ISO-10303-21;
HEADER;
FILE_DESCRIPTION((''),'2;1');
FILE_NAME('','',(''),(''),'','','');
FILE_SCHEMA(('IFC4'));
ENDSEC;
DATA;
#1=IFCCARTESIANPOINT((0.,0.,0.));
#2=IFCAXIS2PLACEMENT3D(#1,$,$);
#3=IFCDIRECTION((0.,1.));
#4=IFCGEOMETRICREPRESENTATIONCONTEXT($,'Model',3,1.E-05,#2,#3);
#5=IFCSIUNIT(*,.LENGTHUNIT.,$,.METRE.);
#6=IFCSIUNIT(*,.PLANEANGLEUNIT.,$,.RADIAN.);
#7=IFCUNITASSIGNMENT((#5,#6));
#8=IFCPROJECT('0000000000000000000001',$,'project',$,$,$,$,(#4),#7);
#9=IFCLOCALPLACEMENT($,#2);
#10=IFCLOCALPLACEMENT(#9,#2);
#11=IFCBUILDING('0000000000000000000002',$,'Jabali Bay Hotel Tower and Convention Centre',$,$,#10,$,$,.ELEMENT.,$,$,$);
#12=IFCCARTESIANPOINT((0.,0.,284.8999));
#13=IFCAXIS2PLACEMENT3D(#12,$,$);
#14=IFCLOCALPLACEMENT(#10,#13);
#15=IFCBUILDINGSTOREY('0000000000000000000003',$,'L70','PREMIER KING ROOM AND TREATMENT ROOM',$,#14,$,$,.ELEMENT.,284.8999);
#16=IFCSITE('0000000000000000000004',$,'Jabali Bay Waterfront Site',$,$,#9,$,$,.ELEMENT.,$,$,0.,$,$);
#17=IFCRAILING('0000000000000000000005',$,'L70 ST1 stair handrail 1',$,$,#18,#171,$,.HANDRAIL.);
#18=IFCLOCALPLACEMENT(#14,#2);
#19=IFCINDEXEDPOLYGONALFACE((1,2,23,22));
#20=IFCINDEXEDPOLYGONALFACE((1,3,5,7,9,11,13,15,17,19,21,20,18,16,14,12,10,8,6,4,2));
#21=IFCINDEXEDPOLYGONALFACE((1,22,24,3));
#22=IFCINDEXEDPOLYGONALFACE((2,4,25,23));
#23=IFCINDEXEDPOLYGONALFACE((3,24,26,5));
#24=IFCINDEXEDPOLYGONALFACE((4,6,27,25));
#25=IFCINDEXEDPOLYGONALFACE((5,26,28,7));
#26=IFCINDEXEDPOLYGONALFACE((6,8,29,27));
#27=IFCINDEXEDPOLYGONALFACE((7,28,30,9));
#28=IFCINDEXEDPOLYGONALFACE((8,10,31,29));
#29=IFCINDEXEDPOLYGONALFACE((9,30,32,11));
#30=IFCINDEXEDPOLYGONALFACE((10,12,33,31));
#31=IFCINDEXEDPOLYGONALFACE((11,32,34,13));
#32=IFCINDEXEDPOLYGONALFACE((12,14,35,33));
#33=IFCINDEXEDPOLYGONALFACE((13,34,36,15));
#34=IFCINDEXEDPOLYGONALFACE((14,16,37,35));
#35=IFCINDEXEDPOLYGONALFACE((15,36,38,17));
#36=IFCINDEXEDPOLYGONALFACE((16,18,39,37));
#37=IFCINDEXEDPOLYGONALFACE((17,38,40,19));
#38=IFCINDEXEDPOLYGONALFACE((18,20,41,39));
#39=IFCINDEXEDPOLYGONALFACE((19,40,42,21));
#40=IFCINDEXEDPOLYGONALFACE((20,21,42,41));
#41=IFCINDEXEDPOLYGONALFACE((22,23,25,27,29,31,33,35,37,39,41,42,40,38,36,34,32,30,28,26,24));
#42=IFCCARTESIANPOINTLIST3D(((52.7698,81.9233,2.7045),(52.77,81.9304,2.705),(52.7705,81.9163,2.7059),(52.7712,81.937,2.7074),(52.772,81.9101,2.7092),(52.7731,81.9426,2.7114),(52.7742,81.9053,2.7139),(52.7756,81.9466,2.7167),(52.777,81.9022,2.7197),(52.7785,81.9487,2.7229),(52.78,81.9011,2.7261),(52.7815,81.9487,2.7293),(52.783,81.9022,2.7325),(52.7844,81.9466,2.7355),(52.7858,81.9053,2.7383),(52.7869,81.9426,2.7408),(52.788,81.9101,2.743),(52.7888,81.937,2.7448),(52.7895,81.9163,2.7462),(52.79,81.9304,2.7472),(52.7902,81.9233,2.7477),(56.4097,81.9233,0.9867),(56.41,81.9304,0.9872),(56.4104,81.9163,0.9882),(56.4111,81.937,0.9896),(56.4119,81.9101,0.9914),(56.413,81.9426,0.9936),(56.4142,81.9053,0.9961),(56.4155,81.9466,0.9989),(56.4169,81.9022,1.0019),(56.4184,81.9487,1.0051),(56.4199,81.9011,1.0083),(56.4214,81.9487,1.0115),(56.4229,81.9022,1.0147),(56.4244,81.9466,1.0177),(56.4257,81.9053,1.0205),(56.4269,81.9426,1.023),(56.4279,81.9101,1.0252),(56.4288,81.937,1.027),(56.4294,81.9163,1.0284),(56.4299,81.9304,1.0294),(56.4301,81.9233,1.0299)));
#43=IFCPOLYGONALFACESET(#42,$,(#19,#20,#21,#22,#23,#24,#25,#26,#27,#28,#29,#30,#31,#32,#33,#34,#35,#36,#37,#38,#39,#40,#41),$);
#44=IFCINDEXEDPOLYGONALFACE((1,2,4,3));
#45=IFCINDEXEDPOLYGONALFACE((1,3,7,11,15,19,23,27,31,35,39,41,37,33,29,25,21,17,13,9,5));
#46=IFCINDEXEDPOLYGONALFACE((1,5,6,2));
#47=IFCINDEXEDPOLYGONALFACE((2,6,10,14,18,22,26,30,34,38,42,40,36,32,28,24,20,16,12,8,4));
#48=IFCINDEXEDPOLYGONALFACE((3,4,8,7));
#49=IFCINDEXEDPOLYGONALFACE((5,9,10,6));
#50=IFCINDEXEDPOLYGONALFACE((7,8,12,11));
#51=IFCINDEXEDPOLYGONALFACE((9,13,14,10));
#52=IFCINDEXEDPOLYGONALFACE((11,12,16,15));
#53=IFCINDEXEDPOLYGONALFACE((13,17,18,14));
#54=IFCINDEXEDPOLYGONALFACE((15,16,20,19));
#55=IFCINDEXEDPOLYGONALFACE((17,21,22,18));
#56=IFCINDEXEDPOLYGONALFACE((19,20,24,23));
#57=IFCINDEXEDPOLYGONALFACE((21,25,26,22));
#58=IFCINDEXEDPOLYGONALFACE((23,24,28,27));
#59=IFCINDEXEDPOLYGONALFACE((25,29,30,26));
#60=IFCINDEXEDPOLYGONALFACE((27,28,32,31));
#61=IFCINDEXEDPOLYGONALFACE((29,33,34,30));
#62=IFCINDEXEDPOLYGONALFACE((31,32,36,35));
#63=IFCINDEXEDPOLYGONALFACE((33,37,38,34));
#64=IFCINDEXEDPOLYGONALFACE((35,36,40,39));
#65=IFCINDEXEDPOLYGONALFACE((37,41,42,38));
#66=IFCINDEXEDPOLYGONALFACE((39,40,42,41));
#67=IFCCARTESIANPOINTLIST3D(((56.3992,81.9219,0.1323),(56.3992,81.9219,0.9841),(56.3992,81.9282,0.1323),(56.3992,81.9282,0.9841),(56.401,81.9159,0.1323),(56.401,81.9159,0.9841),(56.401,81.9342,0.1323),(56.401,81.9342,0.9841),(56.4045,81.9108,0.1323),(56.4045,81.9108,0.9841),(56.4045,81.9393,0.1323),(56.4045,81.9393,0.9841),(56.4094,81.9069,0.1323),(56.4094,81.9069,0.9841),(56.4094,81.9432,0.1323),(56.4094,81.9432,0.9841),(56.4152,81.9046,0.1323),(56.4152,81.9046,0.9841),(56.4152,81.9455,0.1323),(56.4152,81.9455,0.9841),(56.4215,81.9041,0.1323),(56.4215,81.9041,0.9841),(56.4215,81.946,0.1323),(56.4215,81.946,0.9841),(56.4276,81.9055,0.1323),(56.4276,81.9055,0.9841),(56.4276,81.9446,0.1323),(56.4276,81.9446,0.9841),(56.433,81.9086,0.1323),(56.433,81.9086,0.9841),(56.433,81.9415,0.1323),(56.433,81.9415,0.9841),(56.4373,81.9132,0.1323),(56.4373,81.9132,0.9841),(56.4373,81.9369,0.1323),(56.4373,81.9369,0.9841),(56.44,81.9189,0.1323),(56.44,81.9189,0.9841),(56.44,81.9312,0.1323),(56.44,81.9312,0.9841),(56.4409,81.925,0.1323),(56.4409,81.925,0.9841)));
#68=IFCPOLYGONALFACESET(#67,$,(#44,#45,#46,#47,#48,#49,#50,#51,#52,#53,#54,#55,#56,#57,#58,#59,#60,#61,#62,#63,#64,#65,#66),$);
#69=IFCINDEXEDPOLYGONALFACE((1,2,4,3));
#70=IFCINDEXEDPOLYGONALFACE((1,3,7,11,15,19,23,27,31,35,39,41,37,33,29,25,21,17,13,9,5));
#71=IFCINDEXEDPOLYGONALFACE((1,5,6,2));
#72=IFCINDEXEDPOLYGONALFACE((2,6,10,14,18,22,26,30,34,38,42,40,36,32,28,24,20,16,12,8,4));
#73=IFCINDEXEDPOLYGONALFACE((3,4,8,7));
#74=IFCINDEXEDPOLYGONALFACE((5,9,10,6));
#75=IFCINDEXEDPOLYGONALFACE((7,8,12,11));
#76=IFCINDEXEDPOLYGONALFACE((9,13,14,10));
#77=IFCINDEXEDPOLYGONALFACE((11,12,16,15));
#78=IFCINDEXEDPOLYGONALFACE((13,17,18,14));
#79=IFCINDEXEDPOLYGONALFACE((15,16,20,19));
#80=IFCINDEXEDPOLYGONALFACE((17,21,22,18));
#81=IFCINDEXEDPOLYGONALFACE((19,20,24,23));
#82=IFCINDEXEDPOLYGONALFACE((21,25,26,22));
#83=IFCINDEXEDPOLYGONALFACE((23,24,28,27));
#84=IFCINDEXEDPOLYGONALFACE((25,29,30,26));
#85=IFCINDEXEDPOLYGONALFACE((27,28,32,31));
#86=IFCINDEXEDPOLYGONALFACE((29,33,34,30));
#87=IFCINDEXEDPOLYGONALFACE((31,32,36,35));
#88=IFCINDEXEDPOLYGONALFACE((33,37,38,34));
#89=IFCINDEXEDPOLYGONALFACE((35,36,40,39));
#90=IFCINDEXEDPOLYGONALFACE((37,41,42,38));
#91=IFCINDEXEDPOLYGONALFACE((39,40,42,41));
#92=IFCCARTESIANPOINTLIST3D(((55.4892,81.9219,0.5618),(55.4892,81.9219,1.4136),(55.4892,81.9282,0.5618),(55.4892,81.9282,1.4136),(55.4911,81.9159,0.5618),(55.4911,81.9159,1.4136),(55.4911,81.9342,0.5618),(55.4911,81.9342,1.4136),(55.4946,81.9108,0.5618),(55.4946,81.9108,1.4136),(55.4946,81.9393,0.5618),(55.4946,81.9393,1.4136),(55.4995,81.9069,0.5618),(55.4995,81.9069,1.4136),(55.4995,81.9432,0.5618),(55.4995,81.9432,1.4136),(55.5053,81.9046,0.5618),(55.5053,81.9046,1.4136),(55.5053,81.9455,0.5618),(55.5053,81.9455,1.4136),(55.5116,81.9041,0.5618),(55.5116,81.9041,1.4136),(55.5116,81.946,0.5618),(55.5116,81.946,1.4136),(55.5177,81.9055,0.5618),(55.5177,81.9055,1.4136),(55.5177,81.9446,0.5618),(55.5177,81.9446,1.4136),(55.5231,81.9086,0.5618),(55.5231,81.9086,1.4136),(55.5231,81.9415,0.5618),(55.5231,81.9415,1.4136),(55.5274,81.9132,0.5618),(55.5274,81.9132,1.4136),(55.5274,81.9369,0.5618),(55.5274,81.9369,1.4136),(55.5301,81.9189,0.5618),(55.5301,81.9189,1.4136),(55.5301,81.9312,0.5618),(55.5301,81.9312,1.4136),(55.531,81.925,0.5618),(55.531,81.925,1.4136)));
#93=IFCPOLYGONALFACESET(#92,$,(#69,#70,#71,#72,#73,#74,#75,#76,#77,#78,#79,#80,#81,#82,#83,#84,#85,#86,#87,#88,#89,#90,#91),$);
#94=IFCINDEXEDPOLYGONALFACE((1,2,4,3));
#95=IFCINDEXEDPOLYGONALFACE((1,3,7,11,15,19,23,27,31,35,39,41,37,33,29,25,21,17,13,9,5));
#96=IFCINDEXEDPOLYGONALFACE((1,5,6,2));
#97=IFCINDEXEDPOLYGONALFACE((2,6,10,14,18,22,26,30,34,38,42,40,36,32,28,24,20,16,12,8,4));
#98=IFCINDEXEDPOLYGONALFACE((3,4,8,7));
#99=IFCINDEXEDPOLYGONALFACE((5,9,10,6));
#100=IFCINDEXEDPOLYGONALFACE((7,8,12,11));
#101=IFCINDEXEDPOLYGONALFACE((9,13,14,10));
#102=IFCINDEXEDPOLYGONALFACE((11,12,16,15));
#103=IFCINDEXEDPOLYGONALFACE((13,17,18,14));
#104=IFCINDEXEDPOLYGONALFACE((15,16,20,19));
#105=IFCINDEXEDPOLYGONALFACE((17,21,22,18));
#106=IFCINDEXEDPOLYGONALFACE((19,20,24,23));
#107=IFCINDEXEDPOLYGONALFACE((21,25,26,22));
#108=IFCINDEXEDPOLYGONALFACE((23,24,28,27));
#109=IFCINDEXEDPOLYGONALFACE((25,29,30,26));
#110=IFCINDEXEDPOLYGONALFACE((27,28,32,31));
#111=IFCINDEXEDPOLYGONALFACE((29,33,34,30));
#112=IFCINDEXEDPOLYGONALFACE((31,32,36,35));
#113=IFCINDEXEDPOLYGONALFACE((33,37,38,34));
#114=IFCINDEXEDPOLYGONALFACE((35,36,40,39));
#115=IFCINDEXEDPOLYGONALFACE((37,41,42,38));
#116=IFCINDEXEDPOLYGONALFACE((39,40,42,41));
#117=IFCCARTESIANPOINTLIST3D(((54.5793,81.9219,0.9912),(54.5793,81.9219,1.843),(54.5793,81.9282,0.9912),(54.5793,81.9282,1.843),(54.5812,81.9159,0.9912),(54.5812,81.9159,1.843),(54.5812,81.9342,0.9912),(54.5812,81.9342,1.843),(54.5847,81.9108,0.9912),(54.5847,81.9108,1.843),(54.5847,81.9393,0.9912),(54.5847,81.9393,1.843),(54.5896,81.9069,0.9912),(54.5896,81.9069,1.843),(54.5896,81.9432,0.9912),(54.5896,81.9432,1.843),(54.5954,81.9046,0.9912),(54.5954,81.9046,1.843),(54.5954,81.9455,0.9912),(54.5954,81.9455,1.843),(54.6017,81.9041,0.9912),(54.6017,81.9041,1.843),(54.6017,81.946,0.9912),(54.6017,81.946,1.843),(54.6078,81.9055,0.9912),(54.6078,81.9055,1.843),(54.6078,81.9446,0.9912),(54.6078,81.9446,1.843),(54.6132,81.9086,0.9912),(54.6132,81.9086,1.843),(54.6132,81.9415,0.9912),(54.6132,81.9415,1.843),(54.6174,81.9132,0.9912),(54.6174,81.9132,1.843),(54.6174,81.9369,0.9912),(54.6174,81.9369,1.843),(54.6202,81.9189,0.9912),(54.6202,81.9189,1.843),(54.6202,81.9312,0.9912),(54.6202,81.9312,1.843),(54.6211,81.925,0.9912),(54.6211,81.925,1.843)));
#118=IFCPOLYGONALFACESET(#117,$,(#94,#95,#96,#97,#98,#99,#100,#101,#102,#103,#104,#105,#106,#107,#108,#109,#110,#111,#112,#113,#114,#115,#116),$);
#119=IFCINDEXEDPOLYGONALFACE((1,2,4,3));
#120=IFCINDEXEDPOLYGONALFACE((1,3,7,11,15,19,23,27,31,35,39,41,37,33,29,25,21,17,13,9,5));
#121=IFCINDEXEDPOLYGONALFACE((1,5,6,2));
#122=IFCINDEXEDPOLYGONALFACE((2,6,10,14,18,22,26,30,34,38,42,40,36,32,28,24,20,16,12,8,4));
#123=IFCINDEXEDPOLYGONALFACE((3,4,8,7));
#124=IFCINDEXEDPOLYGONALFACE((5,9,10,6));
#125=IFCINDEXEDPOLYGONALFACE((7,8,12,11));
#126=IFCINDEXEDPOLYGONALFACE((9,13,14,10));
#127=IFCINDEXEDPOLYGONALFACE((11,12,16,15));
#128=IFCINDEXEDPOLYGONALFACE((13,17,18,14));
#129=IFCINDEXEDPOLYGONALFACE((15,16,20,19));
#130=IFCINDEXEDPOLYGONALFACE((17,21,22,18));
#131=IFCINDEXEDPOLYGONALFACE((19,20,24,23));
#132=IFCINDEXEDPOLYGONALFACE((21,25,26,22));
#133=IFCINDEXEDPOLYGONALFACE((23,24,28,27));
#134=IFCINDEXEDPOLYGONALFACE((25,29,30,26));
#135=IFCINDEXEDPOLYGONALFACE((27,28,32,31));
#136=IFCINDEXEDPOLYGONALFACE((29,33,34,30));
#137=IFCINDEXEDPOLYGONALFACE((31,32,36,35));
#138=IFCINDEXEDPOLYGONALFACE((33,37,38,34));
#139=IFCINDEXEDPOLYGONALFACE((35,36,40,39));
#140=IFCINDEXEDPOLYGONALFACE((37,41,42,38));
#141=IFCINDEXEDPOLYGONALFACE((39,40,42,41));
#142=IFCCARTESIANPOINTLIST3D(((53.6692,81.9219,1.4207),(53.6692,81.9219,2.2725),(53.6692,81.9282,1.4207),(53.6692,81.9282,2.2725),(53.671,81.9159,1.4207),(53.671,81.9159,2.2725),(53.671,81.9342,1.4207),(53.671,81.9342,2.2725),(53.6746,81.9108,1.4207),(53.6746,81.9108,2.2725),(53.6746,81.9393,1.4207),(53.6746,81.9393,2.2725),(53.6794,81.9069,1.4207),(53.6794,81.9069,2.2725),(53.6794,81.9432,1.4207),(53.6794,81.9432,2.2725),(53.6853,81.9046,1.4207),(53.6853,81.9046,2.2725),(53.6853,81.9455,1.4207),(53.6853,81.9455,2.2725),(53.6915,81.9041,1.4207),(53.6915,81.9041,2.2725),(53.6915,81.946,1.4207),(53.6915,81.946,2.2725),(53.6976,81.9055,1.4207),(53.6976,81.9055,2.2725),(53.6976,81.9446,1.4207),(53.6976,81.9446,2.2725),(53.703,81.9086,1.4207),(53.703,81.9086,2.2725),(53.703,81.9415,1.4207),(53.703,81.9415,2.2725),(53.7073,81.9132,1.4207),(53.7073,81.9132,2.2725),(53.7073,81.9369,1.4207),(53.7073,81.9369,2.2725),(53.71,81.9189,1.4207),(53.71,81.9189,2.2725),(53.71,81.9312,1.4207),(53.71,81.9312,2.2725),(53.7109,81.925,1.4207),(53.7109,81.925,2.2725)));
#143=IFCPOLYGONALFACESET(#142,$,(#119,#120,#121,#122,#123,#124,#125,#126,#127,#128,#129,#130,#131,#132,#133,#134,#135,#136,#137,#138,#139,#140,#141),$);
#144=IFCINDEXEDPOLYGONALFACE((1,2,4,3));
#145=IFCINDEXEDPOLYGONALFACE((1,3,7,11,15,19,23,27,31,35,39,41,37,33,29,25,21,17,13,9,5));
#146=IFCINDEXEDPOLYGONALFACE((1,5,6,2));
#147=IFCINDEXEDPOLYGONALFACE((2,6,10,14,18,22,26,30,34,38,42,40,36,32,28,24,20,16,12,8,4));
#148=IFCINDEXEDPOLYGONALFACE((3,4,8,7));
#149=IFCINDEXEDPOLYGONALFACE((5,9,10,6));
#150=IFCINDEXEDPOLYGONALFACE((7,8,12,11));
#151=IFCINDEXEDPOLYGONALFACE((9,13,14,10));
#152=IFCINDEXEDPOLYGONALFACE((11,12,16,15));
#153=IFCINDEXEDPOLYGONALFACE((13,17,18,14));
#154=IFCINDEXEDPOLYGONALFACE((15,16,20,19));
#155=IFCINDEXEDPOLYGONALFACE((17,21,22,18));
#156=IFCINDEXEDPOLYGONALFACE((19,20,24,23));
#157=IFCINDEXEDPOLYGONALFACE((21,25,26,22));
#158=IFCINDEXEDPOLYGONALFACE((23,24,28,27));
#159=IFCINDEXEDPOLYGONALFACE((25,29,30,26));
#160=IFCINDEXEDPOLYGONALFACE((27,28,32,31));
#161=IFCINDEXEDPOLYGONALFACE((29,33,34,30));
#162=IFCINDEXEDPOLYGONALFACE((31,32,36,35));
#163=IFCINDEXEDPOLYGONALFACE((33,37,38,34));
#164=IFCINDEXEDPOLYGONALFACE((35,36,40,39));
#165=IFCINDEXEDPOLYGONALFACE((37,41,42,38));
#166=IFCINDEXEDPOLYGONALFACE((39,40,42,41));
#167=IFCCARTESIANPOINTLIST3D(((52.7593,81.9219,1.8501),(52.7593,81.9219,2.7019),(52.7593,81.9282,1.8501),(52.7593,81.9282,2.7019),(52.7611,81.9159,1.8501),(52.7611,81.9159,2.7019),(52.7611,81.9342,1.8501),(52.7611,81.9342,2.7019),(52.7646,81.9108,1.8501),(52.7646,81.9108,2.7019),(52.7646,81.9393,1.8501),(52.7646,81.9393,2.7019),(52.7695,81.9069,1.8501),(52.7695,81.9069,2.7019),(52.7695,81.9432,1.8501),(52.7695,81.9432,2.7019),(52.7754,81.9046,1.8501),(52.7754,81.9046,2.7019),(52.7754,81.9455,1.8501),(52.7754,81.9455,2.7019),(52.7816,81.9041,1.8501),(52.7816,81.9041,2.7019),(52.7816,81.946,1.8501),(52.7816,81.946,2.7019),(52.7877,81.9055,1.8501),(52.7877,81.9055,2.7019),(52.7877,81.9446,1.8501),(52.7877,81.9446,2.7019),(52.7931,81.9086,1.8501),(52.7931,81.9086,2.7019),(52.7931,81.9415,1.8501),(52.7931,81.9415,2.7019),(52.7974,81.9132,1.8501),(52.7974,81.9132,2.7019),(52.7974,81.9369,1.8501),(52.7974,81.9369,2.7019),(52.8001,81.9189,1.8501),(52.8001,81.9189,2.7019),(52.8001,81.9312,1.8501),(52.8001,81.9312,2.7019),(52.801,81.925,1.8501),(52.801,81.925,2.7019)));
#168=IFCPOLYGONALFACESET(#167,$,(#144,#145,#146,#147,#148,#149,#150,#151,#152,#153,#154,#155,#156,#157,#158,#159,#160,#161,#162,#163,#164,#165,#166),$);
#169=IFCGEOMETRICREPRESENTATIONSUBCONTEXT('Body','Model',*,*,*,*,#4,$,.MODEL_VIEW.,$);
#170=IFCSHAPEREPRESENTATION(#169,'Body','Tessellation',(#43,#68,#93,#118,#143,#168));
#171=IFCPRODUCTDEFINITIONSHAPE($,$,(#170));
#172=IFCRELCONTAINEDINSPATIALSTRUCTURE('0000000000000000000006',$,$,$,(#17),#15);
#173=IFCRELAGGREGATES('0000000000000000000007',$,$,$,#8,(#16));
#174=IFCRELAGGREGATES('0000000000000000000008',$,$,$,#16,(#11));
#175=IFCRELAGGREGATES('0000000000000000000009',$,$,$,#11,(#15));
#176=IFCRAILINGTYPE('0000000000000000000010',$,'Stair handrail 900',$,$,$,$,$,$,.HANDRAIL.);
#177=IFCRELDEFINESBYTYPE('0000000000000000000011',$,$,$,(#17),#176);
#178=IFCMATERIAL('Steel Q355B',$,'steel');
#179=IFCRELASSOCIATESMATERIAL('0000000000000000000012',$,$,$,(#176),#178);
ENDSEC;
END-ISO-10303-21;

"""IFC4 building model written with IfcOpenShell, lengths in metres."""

from ifc_helpers import new_model, si_unit, direction, frame, origin, origin_2d, place, context, subcontext, project, spatial, circle, extrude, material, type_object, element, save


model = new_model("IFC4")

# Units and contexts
model_context = context("Model", 3, precision=1e-05, world=origin(), true_north=direction((0.0, 1.0)))
body_context = subcontext(model_context, "Body", "Model", "MODEL_VIEW")
ifc_project = project(units=[si_unit("LENGTHUNIT", "METRE"), si_unit("PLANEANGLEUNIT", "RADIAN")], contexts=[model_context])

# Site, building, storey
site_placement = place(None, origin())
site = spatial("IfcSite", under=ifc_project, at=site_placement, Name="Jabali Bay Waterfront Site", CompositionType="ELEMENT", RefElevation=0.0)
building_placement = place(site_placement, origin())
building = spatial("IfcBuilding", under=site, at=building_placement, Name="Jabali Bay Hotel Tower and Convention Centre", CompositionType="ELEMENT")
storey_placement = place(building_placement, frame((0.0, 0.0, 284.8999)))
storey = spatial("IfcBuildingStorey", under=building, at=storey_placement, Name="L70", Description="PREMIER KING ROOM AND TREATMENT ROOM", CompositionType="ELEMENT", Elevation=284.8999)

# Railing
ifc_material_1 = material(Name="Steel Q355B", Category="steel")
railing_type_1 = type_object("IfcRailingType", Name="Stair handrail 900", PredefinedType="HANDRAIL", material=ifc_material_1)
railing_1_placement = place(storey_placement, frame((56.4199, 81.925, 0.1323)))
element("IfcRailing", 1, at=railing_1_placement, inside=storey, type_object=railing_type_1, Name="L70 ST1 stair handrail 1", PredefinedType="HANDRAIL", context=body_context, shape_type="SweptSolid", body=[
    extrude(circle(Radius=0.0239, at=origin_2d()), frame((0.0, 0.0, 0.876), z_axis=(-0.904351, 0.0, 0.42679), x_axis=(0.0, -1.0, 0.0)), (0.0, 0.0, 1.0), 4.0249),
    extrude(circle(Radius=0.021, at=origin_2d()), origin(), (0.0, 0.0, 1.0), 0.8518),
    extrude(circle(Radius=0.021, at=origin_2d()), frame((-0.9099, 0.0, 0.4294)), (0.0, 0.0, 1.0), 0.8518),
    extrude(circle(Radius=0.021, at=origin_2d()), frame((-1.8198, 0.0, 0.8589)), (0.0, 0.0, 1.0), 0.8518),
    extrude(circle(Radius=0.021, at=origin_2d()), frame((-2.73, 0.0, 1.2883)), (0.0, 0.0, 1.0), 0.8518),
    extrude(circle(Radius=0.021, at=origin_2d()), frame((-3.6399, 0.0, 1.7178)), (0.0, 0.0, 1.0), 0.8518),
])

save(model, "model.ifc")
